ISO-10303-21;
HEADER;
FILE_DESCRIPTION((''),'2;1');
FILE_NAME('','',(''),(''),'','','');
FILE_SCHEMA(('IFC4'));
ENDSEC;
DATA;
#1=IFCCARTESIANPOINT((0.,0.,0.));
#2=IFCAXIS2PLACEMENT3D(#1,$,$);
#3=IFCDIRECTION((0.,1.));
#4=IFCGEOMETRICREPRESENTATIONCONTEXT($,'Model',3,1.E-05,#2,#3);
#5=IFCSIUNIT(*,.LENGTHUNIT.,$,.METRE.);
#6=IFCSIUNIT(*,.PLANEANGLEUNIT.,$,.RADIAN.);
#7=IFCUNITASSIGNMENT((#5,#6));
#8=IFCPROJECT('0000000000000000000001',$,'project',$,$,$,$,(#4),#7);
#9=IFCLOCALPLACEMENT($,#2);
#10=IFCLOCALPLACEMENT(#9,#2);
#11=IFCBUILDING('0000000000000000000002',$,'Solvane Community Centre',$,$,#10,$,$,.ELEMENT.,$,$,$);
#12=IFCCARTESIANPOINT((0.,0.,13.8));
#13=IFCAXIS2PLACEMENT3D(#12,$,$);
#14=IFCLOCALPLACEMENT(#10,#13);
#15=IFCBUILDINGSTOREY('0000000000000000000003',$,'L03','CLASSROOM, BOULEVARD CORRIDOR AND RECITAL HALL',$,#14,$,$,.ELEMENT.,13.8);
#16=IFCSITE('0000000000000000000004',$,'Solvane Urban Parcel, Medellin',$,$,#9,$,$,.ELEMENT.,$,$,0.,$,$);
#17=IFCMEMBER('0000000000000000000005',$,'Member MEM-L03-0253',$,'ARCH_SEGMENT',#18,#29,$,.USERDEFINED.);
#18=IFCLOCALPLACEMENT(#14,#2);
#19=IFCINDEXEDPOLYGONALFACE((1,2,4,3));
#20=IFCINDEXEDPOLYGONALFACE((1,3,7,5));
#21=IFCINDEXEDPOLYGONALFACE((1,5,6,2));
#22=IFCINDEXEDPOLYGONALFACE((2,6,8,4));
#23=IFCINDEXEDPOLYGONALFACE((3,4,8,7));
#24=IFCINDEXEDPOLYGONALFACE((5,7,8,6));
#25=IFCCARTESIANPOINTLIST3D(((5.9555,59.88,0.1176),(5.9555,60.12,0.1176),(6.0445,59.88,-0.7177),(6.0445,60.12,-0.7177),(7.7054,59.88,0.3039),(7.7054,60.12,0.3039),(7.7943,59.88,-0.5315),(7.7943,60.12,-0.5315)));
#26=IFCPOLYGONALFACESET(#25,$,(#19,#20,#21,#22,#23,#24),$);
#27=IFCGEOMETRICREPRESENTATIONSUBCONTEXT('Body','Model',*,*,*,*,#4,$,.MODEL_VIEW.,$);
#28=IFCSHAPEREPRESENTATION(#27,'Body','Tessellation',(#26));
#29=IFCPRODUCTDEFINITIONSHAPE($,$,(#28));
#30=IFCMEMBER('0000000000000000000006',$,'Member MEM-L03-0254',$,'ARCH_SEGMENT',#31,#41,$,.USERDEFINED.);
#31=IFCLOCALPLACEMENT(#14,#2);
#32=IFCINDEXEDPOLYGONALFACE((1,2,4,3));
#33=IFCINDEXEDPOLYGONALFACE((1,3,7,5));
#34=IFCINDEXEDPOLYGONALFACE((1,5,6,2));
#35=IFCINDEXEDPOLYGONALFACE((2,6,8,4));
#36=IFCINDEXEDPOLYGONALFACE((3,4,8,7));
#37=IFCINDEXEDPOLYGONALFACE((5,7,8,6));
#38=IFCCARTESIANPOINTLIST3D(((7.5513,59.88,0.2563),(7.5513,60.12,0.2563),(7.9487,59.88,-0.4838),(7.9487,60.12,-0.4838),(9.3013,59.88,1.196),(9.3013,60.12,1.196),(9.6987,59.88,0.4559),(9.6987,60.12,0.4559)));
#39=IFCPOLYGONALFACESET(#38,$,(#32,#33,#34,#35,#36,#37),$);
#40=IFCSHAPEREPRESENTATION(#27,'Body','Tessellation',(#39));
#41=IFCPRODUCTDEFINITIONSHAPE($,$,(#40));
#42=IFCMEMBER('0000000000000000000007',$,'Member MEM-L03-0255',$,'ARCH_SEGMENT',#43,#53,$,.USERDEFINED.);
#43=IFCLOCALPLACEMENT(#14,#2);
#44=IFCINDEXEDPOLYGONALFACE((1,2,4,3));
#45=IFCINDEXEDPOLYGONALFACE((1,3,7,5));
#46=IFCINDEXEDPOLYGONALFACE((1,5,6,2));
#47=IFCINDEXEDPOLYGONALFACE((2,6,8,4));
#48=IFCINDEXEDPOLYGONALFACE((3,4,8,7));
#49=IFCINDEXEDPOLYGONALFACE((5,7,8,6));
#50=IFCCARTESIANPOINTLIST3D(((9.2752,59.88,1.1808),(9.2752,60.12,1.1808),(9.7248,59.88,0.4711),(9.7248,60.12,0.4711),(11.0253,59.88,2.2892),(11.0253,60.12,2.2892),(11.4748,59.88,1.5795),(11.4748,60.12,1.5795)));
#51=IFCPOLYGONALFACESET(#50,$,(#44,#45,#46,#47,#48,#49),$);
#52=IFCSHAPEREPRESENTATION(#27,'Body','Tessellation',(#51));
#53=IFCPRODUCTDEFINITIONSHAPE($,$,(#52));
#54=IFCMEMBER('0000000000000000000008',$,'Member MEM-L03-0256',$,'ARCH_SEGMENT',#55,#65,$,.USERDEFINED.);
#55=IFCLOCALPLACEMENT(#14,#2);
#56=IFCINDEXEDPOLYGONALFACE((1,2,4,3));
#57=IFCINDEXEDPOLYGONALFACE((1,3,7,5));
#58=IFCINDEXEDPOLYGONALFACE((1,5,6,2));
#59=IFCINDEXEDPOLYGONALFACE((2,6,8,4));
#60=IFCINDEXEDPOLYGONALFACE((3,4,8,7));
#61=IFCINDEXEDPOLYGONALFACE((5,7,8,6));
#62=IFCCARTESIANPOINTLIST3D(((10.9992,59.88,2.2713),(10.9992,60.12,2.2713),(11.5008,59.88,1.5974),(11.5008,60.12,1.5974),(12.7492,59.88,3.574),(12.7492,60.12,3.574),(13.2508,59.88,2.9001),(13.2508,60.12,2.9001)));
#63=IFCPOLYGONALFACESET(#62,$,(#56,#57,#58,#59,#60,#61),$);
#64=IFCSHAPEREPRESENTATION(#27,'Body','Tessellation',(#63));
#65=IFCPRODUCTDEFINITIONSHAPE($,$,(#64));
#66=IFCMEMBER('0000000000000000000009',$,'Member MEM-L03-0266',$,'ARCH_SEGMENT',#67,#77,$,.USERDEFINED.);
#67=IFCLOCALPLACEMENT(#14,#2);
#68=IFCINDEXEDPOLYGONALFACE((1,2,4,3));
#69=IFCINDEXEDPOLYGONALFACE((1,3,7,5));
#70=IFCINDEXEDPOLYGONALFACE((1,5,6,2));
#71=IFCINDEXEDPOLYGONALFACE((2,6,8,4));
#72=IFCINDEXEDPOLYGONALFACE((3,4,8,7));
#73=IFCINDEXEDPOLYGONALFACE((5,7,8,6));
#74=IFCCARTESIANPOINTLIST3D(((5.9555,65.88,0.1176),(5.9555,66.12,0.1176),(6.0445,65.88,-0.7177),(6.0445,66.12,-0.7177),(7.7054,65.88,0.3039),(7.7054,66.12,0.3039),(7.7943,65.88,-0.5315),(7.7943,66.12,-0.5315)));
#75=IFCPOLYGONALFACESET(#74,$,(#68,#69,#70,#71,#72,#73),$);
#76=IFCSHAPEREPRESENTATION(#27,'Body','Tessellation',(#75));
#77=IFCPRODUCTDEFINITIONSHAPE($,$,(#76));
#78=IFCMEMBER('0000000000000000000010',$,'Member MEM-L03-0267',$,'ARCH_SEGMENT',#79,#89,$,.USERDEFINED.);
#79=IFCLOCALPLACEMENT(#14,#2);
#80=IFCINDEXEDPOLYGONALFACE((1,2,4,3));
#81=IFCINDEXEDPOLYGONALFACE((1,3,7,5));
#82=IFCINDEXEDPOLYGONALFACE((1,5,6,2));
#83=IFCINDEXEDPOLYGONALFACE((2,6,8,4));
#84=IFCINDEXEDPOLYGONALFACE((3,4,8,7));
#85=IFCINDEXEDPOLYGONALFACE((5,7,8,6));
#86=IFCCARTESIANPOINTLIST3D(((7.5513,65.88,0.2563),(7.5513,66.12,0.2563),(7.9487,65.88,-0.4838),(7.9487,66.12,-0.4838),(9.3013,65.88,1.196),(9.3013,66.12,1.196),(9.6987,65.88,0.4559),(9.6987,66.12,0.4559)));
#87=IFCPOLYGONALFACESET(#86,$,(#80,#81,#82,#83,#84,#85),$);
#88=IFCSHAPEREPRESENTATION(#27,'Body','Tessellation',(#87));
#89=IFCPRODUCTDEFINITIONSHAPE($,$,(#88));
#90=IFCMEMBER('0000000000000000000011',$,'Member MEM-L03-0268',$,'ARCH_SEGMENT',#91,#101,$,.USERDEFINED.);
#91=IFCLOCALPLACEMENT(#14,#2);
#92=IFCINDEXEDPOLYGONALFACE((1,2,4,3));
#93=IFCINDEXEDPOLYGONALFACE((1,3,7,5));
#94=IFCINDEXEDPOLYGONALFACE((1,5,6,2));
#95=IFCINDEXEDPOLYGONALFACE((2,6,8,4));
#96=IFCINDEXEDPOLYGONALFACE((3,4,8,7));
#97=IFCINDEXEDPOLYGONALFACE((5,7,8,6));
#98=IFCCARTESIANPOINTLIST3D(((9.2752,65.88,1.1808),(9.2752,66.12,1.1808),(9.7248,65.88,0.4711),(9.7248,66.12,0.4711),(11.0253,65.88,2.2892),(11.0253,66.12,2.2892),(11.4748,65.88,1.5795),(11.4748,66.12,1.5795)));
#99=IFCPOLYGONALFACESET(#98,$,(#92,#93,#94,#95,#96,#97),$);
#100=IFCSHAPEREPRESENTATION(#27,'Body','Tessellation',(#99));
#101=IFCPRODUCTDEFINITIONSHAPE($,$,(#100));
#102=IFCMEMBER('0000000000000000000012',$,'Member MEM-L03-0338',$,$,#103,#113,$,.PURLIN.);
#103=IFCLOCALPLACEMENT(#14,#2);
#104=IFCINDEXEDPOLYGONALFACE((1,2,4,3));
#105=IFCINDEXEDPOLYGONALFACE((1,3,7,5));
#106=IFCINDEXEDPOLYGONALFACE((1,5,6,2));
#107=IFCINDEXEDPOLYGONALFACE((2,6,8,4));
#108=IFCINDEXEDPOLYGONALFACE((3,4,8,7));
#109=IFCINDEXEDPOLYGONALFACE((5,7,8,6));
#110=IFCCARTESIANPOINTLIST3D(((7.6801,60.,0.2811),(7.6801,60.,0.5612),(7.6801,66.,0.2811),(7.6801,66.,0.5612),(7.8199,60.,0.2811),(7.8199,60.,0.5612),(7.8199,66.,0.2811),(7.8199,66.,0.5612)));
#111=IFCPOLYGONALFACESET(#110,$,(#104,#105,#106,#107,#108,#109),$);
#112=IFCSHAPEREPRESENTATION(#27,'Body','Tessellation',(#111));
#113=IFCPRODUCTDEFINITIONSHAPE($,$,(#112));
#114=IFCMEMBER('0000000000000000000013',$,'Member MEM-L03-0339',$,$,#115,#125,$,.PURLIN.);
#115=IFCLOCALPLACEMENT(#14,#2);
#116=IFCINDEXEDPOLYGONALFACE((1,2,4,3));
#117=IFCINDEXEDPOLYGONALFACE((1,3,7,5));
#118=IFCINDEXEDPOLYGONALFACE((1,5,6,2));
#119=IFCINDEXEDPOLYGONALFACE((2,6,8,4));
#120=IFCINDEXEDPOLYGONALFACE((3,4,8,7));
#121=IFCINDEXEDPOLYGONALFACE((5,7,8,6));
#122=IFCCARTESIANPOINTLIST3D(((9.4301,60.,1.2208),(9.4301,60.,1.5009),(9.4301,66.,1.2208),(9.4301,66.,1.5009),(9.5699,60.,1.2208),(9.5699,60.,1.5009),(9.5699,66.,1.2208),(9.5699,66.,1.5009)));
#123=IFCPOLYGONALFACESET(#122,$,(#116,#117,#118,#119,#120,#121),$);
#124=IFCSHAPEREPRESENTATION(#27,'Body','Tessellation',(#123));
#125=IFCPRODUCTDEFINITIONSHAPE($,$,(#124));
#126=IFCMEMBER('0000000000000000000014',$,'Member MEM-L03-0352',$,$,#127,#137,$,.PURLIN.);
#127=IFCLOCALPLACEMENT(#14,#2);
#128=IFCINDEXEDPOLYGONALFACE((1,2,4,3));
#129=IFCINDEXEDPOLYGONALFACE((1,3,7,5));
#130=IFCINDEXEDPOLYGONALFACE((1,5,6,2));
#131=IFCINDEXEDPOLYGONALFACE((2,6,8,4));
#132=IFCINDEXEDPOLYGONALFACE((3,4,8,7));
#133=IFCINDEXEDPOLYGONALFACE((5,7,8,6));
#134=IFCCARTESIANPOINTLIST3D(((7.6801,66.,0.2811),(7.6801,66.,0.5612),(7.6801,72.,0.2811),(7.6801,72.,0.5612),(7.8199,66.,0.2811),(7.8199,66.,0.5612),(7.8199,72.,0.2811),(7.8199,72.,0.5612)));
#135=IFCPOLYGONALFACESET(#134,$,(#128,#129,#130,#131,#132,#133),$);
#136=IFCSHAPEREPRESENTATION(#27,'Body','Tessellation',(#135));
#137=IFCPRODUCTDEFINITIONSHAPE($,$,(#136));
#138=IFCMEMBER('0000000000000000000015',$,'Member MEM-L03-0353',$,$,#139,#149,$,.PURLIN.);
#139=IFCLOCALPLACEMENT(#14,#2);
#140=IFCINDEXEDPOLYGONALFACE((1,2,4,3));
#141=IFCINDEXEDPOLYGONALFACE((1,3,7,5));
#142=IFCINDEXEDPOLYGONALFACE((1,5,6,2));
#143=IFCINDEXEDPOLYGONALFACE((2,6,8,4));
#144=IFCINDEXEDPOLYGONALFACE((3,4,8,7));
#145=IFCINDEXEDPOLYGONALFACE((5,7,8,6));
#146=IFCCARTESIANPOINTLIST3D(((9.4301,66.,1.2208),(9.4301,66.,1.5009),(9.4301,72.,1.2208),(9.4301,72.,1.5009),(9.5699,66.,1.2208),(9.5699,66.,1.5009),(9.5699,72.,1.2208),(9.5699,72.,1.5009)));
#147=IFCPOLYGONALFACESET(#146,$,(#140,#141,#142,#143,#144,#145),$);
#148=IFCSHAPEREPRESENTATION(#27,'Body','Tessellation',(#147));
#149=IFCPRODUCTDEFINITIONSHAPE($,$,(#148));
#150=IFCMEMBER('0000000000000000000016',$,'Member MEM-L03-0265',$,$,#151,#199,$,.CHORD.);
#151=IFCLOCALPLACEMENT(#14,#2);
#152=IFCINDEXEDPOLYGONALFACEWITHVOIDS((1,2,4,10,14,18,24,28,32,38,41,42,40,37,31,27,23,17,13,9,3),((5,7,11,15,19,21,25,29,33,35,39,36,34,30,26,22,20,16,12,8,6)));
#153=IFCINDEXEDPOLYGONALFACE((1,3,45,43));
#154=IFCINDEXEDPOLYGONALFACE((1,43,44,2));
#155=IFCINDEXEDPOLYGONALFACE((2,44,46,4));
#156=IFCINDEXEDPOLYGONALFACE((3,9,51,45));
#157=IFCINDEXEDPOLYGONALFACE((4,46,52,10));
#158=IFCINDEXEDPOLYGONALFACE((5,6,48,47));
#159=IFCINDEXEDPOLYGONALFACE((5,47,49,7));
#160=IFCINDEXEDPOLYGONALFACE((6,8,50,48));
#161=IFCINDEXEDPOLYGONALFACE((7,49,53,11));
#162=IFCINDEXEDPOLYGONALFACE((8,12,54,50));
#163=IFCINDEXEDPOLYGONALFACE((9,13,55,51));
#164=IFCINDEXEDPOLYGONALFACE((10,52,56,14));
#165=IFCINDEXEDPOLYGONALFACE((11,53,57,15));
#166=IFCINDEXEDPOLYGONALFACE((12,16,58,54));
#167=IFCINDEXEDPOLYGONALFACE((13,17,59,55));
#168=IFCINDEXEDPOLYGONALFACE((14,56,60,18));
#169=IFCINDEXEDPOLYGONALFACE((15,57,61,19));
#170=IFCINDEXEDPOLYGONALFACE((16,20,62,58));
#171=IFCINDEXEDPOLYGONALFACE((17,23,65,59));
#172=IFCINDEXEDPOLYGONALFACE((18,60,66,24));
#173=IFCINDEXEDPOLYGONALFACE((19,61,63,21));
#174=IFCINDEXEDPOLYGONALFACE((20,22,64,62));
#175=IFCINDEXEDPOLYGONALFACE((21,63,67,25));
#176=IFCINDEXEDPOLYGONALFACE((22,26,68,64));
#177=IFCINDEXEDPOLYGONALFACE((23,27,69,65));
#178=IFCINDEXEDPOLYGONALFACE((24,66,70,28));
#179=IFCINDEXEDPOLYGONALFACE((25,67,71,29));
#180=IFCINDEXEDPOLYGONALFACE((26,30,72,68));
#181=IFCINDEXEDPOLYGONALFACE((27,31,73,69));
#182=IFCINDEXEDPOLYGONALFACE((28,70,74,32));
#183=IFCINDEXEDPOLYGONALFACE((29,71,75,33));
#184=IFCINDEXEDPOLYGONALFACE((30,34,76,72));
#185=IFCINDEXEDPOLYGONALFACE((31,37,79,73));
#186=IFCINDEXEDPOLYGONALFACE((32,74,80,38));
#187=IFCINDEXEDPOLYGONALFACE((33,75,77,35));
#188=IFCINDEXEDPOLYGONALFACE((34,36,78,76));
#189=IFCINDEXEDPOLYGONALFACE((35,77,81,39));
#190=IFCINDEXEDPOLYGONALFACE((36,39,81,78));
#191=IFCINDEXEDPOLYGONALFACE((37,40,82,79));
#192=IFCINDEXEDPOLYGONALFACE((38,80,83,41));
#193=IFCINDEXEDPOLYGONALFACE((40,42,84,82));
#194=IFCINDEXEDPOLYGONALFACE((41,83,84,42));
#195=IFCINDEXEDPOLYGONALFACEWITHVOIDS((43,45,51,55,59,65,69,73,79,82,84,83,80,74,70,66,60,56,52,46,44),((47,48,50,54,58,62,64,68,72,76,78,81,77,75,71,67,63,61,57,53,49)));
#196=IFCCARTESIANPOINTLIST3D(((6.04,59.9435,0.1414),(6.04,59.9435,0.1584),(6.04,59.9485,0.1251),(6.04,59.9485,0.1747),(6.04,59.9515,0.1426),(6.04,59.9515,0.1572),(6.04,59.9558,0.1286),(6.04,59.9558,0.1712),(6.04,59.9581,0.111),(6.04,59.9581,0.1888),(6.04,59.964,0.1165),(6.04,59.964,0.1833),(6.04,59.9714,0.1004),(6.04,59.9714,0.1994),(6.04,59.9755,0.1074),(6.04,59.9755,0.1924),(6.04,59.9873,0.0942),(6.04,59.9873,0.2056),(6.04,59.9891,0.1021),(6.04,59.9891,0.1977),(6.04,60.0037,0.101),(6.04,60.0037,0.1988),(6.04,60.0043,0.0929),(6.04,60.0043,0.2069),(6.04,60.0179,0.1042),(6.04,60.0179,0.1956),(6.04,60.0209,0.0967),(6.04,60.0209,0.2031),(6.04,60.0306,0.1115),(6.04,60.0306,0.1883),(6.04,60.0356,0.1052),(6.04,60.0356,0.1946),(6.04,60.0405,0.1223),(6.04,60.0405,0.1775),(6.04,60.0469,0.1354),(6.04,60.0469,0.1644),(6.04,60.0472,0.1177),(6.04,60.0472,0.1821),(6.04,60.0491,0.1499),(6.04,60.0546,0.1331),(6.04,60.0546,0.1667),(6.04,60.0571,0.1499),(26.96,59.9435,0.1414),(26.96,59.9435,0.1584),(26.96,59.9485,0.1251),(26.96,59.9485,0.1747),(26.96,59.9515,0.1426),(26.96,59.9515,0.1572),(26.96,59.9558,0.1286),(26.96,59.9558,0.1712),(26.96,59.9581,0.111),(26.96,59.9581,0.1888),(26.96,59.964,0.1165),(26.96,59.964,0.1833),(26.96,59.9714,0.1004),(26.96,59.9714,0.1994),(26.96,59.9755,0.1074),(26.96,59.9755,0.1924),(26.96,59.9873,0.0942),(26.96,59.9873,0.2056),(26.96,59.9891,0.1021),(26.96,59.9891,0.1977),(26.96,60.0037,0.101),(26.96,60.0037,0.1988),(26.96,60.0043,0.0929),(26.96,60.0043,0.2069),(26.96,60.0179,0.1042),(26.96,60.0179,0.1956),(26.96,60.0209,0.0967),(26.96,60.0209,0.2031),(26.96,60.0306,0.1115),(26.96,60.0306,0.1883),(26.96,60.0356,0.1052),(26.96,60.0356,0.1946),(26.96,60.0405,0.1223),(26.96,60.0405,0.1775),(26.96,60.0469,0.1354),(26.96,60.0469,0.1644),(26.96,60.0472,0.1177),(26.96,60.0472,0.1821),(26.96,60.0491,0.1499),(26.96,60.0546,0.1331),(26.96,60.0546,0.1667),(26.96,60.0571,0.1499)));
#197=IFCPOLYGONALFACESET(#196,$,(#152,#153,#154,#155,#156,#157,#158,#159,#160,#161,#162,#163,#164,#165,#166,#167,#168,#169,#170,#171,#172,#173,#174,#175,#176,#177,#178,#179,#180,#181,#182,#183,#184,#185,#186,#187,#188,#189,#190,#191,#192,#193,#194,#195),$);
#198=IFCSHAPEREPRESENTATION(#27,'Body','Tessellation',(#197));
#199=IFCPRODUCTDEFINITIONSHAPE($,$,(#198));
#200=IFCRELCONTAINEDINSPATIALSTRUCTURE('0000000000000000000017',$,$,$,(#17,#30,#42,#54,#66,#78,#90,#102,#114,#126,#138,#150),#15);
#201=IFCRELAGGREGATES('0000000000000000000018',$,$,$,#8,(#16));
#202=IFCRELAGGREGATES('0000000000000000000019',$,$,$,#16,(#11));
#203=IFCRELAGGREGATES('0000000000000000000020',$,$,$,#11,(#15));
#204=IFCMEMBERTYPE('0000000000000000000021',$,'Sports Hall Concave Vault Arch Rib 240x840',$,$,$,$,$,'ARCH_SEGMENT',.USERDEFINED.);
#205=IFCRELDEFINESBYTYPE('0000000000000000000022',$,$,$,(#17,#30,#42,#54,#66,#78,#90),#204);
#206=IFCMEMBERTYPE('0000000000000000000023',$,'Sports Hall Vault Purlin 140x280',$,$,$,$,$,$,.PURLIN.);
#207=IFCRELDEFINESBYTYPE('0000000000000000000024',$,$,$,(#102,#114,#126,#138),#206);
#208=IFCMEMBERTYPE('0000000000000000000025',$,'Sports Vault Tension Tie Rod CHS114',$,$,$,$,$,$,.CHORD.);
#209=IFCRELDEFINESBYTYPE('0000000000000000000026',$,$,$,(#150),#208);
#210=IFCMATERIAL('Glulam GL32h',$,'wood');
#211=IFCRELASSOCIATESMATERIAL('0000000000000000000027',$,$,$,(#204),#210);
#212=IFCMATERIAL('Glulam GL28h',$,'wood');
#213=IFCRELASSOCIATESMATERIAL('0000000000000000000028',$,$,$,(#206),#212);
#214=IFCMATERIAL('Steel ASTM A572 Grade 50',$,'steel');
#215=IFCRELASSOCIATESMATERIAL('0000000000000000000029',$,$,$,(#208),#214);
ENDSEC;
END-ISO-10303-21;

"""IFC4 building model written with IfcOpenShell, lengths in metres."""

from ifc_helpers import new_model, si_unit, direction, frame, origin, origin_2d, place, context, subcontext, project, spatial, rectangle, hollow_circle, extrude, material, material_profile, profile_set, type_object, element, save


model = new_model("IFC4")

# Units and contexts
model_context = context("Model", 3, precision=1e-05, world=origin(), true_north=direction((0.0, 1.0)))
body_context = subcontext(model_context, "Body", "Model", "MODEL_VIEW")
ifc_project = project(units=[si_unit("LENGTHUNIT", "METRE"), si_unit("PLANEANGLEUNIT", "RADIAN")], contexts=[model_context])

# Site, building, storey
site_placement = place(None, origin())
site = spatial("IfcSite", under=ifc_project, at=site_placement, Name="Solvane Urban Parcel, Medellin", CompositionType="ELEMENT", RefElevation=0.0)
building_placement = place(site_placement, origin())
building = spatial("IfcBuilding", under=site, at=building_placement, Name="Solvane Community Centre", CompositionType="ELEMENT")
storey_placement = place(building_placement, frame((0.0, 0.0, 13.8)))
storey = spatial("IfcBuildingStorey", under=building, at=storey_placement, Name="L03", Description="CLASSROOM, BOULEVARD CORRIDOR AND RECITAL HALL", CompositionType="ELEMENT", Elevation=13.8)

# Members
ifc_material_1 = material(Name="Glulam GL32h", Category="wood")
ifc_material_profile_1 = material_profile(ifc_material_1, rectangle(XDim=0.24, YDim=0.8401, at=origin_2d()), Name="GL32h 240x840")
ifc_profile_set_1 = profile_set([ifc_material_profile_1], Name="Glulam GL32h")
member_type_1 = type_object("IfcMemberType", Name="Sports Hall Concave Vault Arch Rib 240x840", ElementType="ARCH_SEGMENT", PredefinedType="USERDEFINED", material=ifc_profile_set_1)
member_1_placement = place(storey_placement, frame((6.0, 60.0, -0.3), z_axis=(0.994382, 0.0, 0.105847), x_axis=(0.0, 1.0, 0.0)))
element("IfcMember", 1, at=member_1_placement, inside=storey, type_object=member_type_1, Name="Member MEM-L03-0253", ObjectType="ARCH_SEGMENT", PredefinedType="USERDEFINED", context=body_context, shape_type="SweptSolid", body=[
    extrude(rectangle(XDim=0.24, YDim=0.8401, at=origin_2d()), origin(), (0.0, 0.0, 1.0), 1.7598),
])
member_2_placement = place(storey_placement, frame((7.75, 60.0, -0.1138), z_axis=(0.881019, 0.0, 0.473081), x_axis=(0.0, 1.0, 0.0)))
element("IfcMember", 2, at=member_2_placement, inside=storey, type_object=member_type_1, Name="Member MEM-L03-0254", ObjectType="ARCH_SEGMENT", PredefinedType="USERDEFINED", context=body_context, shape_type="SweptSolid", body=[
    extrude(rectangle(XDim=0.24, YDim=0.8401, at=origin_2d()), origin(), (0.0, 0.0, 1.0), 1.9863),
])
member_3_placement = place(storey_placement, frame((9.5, 60.0, 0.8259), z_axis=(0.844805, 0.0, 0.535075), x_axis=(0.0, 1.0, 0.0)))
element("IfcMember", 3, at=member_3_placement, inside=storey, type_object=member_type_1, Name="Member MEM-L03-0255", ObjectType="ARCH_SEGMENT", PredefinedType="USERDEFINED", context=body_context, shape_type="SweptSolid", body=[
    extrude(rectangle(XDim=0.24, YDim=0.8401, at=origin_2d()), origin(), (0.0, 0.0, 1.0), 2.0715),
])
member_4_placement = place(storey_placement, frame((11.25, 60.0, 1.9343), z_axis=(0.802143, 0.0, 0.597131), x_axis=(0.0, 1.0, 0.0)))
element("IfcMember", 4, at=member_4_placement, inside=storey, type_object=member_type_1, Name="Member MEM-L03-0256", ObjectType="ARCH_SEGMENT", PredefinedType="USERDEFINED", context=body_context, shape_type="SweptSolid", body=[
    extrude(rectangle(XDim=0.24, YDim=0.8401, at=origin_2d()), origin(), (0.0, 0.0, 1.0), 2.1816),
])
member_5_placement = place(storey_placement, frame((6.0, 66.0, -0.3), z_axis=(0.994382, 0.0, 0.105847), x_axis=(0.0, 1.0, 0.0)))
element("IfcMember", 5, at=member_5_placement, inside=storey, type_object=member_type_1, Name="Member MEM-L03-0266", ObjectType="ARCH_SEGMENT", PredefinedType="USERDEFINED", context=body_context, shape_type="SweptSolid", body=[
    extrude(rectangle(XDim=0.24, YDim=0.8401, at=origin_2d()), origin(), (0.0, 0.0, 1.0), 1.7598),
])
member_6_placement = place(storey_placement, frame((7.75, 66.0, -0.1138), z_axis=(0.881019, 0.0, 0.473081), x_axis=(0.0, 1.0, 0.0)))
element("IfcMember", 6, at=member_6_placement, inside=storey, type_object=member_type_1, Name="Member MEM-L03-0267", ObjectType="ARCH_SEGMENT", PredefinedType="USERDEFINED", context=body_context, shape_type="SweptSolid", body=[
    extrude(rectangle(XDim=0.24, YDim=0.8401, at=origin_2d()), origin(), (0.0, 0.0, 1.0), 1.9863),
])
member_7_placement = place(storey_placement, frame((9.5, 66.0, 0.8259), z_axis=(0.844805, 0.0, 0.535075), x_axis=(0.0, 1.0, 0.0)))
element("IfcMember", 7, at=member_7_placement, inside=storey, type_object=member_type_1, Name="Member MEM-L03-0268", ObjectType="ARCH_SEGMENT", PredefinedType="USERDEFINED", context=body_context, shape_type="SweptSolid", body=[
    extrude(rectangle(XDim=0.24, YDim=0.8401, at=origin_2d()), origin(), (0.0, 0.0, 1.0), 2.0715),
])
ifc_material_2 = material(Name="Glulam GL28h", Category="wood")
ifc_material_profile_2 = material_profile(ifc_material_2, rectangle(XDim=0.1399, YDim=0.28, at=origin_2d()), Name="GL28h 140x280")
ifc_profile_set_2 = profile_set([ifc_material_profile_2], Name="Glulam GL28h")
member_type_2 = type_object("IfcMemberType", Name="Sports Hall Vault Purlin 140x280", PredefinedType="PURLIN", material=ifc_profile_set_2)
for number, where, z_axis, x_axis, name in (
    (8, (7.75, 60.0, 0.4211), (0.0, 1.0, 0.0), (-1.0, 0.0, 0.0), "Member MEM-L03-0338"),
    (9, (9.5, 60.0, 1.3608), (0.0, 1.0, 0.0), (-1.0, 0.0, 0.0), "Member MEM-L03-0339"),
    (10, (7.75, 66.0, 0.4211), (0.0, 1.0, 0.0), (-1.0, 0.0, 0.0), "Member MEM-L03-0352"),
    (11, (9.5, 66.0, 1.3608), (0.0, 1.0, 0.0), (-1.0, 0.0, 0.0), "Member MEM-L03-0353"),
):
    element("IfcMember", number, at=place(storey_placement, frame(where, z_axis=z_axis, x_axis=x_axis)), inside=storey, type_object=member_type_2, Name=name, PredefinedType="PURLIN", context=body_context, shape_type="SweptSolid", body=[
        extrude(rectangle(XDim=0.1399, YDim=0.28, at=origin_2d()), origin(), (0.0, 0.0, 1.0), 6.0),
    ])
ifc_material_3 = material(Name="Steel ASTM A572 Grade 50", Category="steel")
ifc_material_profile_3 = material_profile(ifc_material_3, hollow_circle(Radius=0.0571, WallThickness=0.0081, at=origin_2d()), Name="CHS 114.3x8.0")
ifc_profile_set_3 = profile_set([ifc_material_profile_3], Name="Steel ASTM A572 Grade 50")
member_type_3 = type_object("IfcMemberType", Name="Sports Vault Tension Tie Rod CHS114", PredefinedType="CHORD", material=ifc_profile_set_3)
for number, where, z_axis, x_axis, name in (
    (12, (6.04, 60.0, 0.1499), (1.0, 0.0, 0.0), (0.0, 1.0, 0.0), "Member MEM-L03-0265"),
):
    element("IfcMember", number, at=place(storey_placement, frame(where, z_axis=z_axis, x_axis=x_axis)), inside=storey, type_object=member_type_3, Name=name, PredefinedType="CHORD", context=body_context, shape_type="SweptSolid", body=[
        extrude(hollow_circle(Radius=0.0571, WallThickness=0.0081, at=origin_2d()), origin(), (0.0, 0.0, 1.0), 20.9199),
    ])

save(model, "model.ifc")
